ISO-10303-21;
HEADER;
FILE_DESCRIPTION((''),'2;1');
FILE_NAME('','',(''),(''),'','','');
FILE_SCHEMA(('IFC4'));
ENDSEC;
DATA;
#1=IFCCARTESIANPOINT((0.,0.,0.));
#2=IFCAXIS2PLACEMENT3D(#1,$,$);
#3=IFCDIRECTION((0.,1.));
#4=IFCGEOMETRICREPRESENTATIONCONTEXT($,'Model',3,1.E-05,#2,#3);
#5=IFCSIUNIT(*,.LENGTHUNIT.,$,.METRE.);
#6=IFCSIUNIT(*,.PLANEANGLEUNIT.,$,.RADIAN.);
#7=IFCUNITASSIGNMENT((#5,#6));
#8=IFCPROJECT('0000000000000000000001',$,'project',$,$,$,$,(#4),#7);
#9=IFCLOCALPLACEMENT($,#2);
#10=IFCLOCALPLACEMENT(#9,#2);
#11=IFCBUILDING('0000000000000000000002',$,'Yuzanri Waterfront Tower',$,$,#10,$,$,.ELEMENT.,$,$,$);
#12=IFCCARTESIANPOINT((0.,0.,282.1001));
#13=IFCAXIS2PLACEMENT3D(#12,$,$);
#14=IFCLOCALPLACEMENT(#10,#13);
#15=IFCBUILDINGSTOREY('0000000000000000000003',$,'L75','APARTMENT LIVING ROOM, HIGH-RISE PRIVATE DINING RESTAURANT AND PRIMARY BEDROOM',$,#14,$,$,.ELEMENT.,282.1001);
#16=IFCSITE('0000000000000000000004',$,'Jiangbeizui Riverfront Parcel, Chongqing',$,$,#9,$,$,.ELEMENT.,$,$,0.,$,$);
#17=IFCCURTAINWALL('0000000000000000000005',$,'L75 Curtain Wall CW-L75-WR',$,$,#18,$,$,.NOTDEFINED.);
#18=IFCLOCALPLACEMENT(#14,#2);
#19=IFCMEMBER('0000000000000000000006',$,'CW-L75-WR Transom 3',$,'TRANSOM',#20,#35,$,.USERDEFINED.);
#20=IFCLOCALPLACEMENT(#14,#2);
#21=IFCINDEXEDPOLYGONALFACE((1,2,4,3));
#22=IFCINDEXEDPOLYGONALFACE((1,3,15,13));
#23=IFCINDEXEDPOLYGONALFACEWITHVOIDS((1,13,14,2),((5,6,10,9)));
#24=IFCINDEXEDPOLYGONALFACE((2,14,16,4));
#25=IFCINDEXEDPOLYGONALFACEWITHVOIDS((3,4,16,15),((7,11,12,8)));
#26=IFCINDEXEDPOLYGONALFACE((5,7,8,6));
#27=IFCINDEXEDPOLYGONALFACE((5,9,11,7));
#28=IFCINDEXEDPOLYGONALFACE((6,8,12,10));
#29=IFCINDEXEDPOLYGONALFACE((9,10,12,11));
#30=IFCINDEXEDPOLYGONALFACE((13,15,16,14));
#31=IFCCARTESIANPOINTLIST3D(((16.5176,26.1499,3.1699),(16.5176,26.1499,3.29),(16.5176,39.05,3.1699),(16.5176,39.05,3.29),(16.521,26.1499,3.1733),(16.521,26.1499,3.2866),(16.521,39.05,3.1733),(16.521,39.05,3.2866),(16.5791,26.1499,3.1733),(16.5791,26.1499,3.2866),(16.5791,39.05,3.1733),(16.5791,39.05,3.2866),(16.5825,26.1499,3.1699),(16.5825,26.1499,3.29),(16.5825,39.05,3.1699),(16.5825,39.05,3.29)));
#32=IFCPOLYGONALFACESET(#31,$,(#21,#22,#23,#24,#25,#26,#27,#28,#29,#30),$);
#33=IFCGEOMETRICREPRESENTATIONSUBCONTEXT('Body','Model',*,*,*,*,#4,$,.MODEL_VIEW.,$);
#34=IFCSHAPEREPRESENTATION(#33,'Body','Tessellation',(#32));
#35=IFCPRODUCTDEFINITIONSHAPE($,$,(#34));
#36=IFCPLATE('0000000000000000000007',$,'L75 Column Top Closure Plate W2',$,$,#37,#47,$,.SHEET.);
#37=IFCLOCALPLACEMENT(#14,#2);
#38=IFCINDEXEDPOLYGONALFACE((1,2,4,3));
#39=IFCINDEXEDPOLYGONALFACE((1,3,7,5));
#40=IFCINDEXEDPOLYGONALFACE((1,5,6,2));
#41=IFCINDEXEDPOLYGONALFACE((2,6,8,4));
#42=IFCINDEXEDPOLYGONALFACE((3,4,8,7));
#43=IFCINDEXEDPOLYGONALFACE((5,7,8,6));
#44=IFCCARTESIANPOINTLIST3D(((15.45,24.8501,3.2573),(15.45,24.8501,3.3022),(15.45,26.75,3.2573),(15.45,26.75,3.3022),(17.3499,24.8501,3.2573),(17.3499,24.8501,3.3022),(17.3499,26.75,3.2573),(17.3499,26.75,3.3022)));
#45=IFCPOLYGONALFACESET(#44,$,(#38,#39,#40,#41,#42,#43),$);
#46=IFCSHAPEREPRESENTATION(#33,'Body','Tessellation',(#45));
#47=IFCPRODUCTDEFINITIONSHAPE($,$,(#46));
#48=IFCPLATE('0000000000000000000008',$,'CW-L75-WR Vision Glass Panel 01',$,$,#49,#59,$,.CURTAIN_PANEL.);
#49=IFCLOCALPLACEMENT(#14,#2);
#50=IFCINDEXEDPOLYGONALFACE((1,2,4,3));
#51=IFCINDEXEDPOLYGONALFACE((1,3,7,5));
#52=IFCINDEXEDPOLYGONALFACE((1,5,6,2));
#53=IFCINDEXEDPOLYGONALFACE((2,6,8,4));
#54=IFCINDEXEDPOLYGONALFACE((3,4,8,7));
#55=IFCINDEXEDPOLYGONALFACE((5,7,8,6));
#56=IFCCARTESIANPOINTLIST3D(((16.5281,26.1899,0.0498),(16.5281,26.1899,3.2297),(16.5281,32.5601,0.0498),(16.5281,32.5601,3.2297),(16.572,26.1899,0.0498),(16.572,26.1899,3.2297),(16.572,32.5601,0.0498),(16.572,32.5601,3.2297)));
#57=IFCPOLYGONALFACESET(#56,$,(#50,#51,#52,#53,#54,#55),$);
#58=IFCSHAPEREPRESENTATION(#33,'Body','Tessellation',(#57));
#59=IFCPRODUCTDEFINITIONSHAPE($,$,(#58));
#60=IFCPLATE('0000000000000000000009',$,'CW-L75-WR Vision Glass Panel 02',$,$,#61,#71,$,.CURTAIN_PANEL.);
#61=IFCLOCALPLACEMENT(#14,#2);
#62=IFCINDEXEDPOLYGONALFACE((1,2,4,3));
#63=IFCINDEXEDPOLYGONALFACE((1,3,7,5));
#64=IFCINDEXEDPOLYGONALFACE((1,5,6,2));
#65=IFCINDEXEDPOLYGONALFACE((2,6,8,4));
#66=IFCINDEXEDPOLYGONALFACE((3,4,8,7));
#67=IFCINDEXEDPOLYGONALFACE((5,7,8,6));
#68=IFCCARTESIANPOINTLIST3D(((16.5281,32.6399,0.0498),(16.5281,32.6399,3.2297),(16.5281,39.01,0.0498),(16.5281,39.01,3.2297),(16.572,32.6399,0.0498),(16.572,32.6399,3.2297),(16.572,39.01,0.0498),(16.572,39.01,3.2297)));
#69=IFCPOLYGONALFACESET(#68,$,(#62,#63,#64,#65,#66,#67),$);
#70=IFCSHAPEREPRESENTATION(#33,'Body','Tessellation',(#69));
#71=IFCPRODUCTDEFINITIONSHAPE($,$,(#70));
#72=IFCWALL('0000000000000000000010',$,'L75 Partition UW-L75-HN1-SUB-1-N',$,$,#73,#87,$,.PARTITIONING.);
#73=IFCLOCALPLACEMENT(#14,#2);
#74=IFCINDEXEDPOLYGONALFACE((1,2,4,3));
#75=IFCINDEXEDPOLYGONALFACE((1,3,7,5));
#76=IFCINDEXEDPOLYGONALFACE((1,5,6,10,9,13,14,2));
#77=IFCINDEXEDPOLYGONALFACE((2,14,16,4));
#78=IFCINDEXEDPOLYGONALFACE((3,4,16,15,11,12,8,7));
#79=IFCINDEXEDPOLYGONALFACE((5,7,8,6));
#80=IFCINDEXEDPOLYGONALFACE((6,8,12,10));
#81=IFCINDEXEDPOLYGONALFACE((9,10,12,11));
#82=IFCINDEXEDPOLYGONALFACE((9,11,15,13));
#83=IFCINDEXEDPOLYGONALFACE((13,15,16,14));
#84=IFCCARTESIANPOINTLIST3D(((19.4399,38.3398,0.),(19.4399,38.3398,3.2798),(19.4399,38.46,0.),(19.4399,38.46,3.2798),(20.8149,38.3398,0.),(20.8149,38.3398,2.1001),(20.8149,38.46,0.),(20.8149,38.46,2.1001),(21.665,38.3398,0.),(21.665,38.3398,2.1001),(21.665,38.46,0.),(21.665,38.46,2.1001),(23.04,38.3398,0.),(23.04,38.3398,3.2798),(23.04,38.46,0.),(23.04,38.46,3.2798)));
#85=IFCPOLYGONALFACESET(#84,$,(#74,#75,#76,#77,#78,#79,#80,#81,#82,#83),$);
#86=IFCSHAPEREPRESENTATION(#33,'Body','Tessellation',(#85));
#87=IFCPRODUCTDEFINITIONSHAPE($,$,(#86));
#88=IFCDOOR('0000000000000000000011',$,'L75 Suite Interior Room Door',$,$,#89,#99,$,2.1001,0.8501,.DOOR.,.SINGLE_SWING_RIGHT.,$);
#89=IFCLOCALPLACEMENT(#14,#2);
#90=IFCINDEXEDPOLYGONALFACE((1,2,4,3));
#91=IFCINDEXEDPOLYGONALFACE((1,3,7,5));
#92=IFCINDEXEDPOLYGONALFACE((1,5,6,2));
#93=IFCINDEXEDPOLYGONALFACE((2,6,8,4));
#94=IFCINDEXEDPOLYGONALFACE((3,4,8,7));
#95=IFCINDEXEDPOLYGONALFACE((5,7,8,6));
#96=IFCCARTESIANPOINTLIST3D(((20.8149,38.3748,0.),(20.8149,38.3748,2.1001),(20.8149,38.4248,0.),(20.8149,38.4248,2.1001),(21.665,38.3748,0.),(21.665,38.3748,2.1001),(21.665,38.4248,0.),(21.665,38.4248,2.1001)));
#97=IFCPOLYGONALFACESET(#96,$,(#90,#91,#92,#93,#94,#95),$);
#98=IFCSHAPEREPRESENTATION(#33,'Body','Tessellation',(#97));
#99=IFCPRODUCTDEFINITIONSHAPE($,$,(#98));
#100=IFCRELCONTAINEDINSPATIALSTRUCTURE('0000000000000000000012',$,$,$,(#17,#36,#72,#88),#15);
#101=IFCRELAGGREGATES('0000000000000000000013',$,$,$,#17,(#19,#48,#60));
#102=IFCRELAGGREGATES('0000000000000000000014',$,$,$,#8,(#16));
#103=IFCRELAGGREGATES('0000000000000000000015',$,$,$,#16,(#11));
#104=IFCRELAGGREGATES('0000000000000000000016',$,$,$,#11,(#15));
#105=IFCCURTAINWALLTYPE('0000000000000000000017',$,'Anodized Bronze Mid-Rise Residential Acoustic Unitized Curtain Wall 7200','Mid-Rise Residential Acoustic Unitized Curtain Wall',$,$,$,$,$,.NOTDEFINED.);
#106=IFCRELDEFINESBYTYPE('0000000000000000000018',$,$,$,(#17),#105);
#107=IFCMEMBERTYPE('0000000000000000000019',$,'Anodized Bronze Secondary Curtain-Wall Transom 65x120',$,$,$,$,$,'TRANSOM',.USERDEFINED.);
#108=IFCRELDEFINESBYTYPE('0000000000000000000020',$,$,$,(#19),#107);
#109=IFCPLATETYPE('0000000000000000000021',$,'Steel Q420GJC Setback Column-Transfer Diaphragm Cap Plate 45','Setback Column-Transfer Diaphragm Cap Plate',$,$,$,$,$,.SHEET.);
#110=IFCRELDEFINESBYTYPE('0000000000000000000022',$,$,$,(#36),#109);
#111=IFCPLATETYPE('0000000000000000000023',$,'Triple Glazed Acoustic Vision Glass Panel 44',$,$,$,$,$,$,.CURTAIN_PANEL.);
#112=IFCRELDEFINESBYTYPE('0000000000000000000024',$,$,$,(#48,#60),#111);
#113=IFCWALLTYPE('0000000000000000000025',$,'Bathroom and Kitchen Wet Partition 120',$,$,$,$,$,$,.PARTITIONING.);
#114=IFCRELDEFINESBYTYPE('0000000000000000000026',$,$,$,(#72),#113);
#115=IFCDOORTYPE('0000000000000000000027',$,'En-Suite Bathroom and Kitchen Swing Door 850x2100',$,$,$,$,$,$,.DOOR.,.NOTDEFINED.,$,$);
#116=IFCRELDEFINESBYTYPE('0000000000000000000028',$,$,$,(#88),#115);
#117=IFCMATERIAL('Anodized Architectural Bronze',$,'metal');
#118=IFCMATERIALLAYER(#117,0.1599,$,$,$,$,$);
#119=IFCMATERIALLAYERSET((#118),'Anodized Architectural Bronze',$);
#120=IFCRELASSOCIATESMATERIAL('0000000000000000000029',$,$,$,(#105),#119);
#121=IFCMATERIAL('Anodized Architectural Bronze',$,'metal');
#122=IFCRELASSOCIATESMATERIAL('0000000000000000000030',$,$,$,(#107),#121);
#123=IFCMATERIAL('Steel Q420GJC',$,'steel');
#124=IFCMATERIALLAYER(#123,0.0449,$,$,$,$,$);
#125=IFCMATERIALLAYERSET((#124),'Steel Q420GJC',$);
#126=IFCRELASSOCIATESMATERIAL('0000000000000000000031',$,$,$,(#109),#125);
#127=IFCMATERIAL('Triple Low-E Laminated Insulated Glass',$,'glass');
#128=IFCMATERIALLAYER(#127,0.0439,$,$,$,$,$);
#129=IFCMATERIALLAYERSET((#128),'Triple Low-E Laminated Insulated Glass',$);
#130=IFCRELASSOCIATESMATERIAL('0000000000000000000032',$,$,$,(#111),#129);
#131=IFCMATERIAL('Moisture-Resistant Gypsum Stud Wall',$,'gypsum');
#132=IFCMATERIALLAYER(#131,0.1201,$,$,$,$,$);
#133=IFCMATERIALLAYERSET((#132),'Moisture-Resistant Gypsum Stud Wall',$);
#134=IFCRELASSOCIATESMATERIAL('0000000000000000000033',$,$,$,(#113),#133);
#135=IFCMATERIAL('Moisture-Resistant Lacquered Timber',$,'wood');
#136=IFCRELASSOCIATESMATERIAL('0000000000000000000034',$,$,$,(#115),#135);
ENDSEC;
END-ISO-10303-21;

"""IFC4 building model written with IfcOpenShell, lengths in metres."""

from ifc_helpers import new_model, si_unit, direction, frame, frame_2d, origin, origin_2d, place, context, subcontext, project, spatial, rectangle, hollow_rectangle, extrude, source, transform, mapped, material, layer, layer_set, material_profile, profile_set, type_object, element, fill, aggregate, save


model = new_model("IFC4")

# Units and contexts
model_context = context("Model", 3, precision=1e-05, world=origin(), true_north=direction((0.0, 1.0)))
body_context = subcontext(model_context, "Body", "Model", "MODEL_VIEW")
ifc_project = project(units=[si_unit("LENGTHUNIT", "METRE"), si_unit("PLANEANGLEUNIT", "RADIAN")], contexts=[model_context])

# Site, building, storey
site_placement = place(None, origin())
site = spatial("IfcSite", under=ifc_project, at=site_placement, Name="Jiangbeizui Riverfront Parcel, Chongqing", CompositionType="ELEMENT", RefElevation=0.0)
building_placement = place(site_placement, origin())
building = spatial("IfcBuilding", under=site, at=building_placement, Name="Yuzanri Waterfront Tower", CompositionType="ELEMENT")
storey_placement = place(building_placement, frame((0.0, 0.0, 282.1001)))
storey = spatial("IfcBuildingStorey", under=building, at=storey_placement, Name="L75", Description="APARTMENT LIVING ROOM, HIGH-RISE PRIVATE DINING RESTAURANT AND PRIMARY BEDROOM", CompositionType="ELEMENT", Elevation=282.1001)

# Curtain wall, member
ifc_material_1 = material(Name="Anodized Architectural Bronze", Category="metal")
ifc_layer_1 = layer(ifc_material_1, 0.1599)
ifc_layer_set_1 = layer_set([ifc_layer_1], Name="Anodized Architectural Bronze")
curtain_wall_type = type_object("IfcCurtainWallType", Name="Anodized Bronze Mid-Rise Residential Acoustic Unitized Curtain Wall 7200", Description="Mid-Rise Residential Acoustic Unitized Curtain Wall", PredefinedType="NOTDEFINED", material=ifc_layer_set_1)
curtain_wall_placement = place(storey_placement, origin())
curtain_wall = element("IfcCurtainWall", 1, at=curtain_wall_placement, inside=storey, type_object=curtain_wall_type, Name="L75 Curtain Wall CW-L75-WR", PredefinedType="NOTDEFINED")
ifc_material_2 = material(Name="Anodized Architectural Bronze", Category="metal")
ifc_material_profile_1 = material_profile(ifc_material_2, hollow_rectangle(XDim=0.0649, YDim=0.1201, WallThickness=0.0034, at=origin_2d()), Name="CWT 65x120")
ifc_profile_set_1 = profile_set([ifc_material_profile_1], Name="Anodized Architectural Bronze")
member_type_1 = type_object("IfcMemberType", Name="Anodized Bronze Secondary Curtain-Wall Transom 65x120", ElementType="TRANSOM", PredefinedType="USERDEFINED", material=ifc_profile_set_1)
shared_shape_1 = source(origin(), body_context, "Body", "SweptSolid", [
    extrude(hollow_rectangle(XDim=0.0649, YDim=0.1201, WallThickness=0.0034, at=origin_2d()), origin(), (0.0, 0.0, 1.0), 12.9001),
])
member_1_placement = place(storey_placement, frame((16.55, 26.1499, 3.23), z_axis=(0.0, 1.0, 0.0), x_axis=(-1.0, 0.0, 0.0)))
member_1 = element("IfcMember", 2, at=member_1_placement, type_object=member_type_1, Name="CW-L75-WR Transom 3", ObjectType="TRANSOM", PredefinedType="USERDEFINED", context=body_context, shape_type="MappedRepresentation", body=[
    mapped(shared_shape_1, transform((0.0, 0.0, 0.0), scale=1.0)),
])

# Plates
ifc_material_3 = material(Name="Steel Q420GJC", Category="steel")
ifc_layer_2 = layer(ifc_material_3, 0.0449)
ifc_layer_set_2 = layer_set([ifc_layer_2], Name="Steel Q420GJC")
plate_type_1 = type_object("IfcPlateType", Name="Steel Q420GJC Setback Column-Transfer Diaphragm Cap Plate 45", Description="Setback Column-Transfer Diaphragm Cap Plate", PredefinedType="SHEET", material=ifc_layer_set_2)
shared_shape_2 = source(origin(), body_context, "Body", "SweptSolid", [
    extrude(rectangle(XDim=1.8999, YDim=1.8999, at=origin_2d()), origin(), (0.0, 0.0, 1.0), 0.0449),
])
plate_1_placement = place(storey_placement, frame((16.3999, 25.8, 3.2573), z_axis=(0.0, 0.0, 1.0), x_axis=(1.0, 0.0, 0.0)))
element("IfcPlate", 3, at=plate_1_placement, inside=storey, type_object=plate_type_1, Name="L75 Column Top Closure Plate W2", PredefinedType="SHEET", context=body_context, shape_type="MappedRepresentation", body=[
    mapped(shared_shape_2, transform((0.0, 0.0, 0.0), scale=1.0)),
])
ifc_material_4 = material(Name="Triple Low-E Laminated Insulated Glass", Category="glass")
ifc_layer_3 = layer(ifc_material_4, 0.0439)
ifc_layer_set_3 = layer_set([ifc_layer_3], Name="Triple Low-E Laminated Insulated Glass")
plate_type_2 = type_object("IfcPlateType", Name="Triple Glazed Acoustic Vision Glass Panel 44", PredefinedType="CURTAIN_PANEL", material=ifc_layer_set_3)
shared_shape_3 = source(origin(), body_context, "Body", "SweptSolid", [
    extrude(rectangle(XDim=6.3701, YDim=0.0439, at=origin_2d()), origin(), (0.0, 0.0, 1.0), 3.1799),
])
plate_2_placement = place(storey_placement, frame((16.55, 29.375, 0.0498), z_axis=(0.0, 0.0, 1.0), x_axis=(0.0, 1.0, 0.0)))
plate_2 = element("IfcPlate", 4, at=plate_2_placement, type_object=plate_type_2, Name="CW-L75-WR Vision Glass Panel 01", PredefinedType="CURTAIN_PANEL", context=body_context, shape_type="MappedRepresentation", body=[
    mapped(shared_shape_3, transform((0.0, 0.0, 0.0), scale=1.0)),
])
plate_3_placement = place(storey_placement, frame((16.55, 35.825, 0.0498), z_axis=(0.0, 0.0, 1.0), x_axis=(0.0, 1.0, 0.0)))
plate_3 = element("IfcPlate", 5, at=plate_3_placement, type_object=plate_type_2, Name="CW-L75-WR Vision Glass Panel 02", PredefinedType="CURTAIN_PANEL", context=body_context, shape_type="MappedRepresentation", body=[
    mapped(shared_shape_3, transform((0.0, 0.0, 0.0), scale=1.0)),
])
aggregate(curtain_wall, [member_1, plate_2, plate_3])

# Wall, opening, door
ifc_material_5 = material(Name="Moisture-Resistant Gypsum Stud Wall", Category="gypsum")
ifc_layer_4 = layer(ifc_material_5, 0.1201)
ifc_layer_set_4 = layer_set([ifc_layer_4], Name="Moisture-Resistant Gypsum Stud Wall")
wall_type_1 = type_object("IfcWallType", Name="Bathroom and Kitchen Wet Partition 120", PredefinedType="PARTITIONING", material=ifc_layer_set_4)
wall_1_placement = place(storey_placement, frame((19.4399, 38.3999, 0.0), z_axis=(0.0, 0.0, 1.0), x_axis=(1.0, 0.0, 0.0)))
wall_1 = element("IfcWall", 6, at=wall_1_placement, inside=storey, type_object=wall_type_1, Name="L75 Partition UW-L75-HN1-SUB-1-N", PredefinedType="PARTITIONING", context=body_context, shape_type="SweptSolid", body=[
    extrude(rectangle(XDim=3.6001, YDim=0.1201, at=frame_2d((1.8, 0.0))), origin(), (0.0, 0.0, 1.0), 3.2798),
])
opening_1_placement = place(wall_1_placement, frame((1.375, 0.0, 0.0)))
opening_1 = element("IfcOpeningElement", 7, at=opening_1_placement, cuts=wall_1, PredefinedType="OPENING", context=body_context, shape_type="SweptSolid", body=[
    extrude(rectangle(XDim=0.8501, YDim=2.1001, at=frame_2d((0.425, 1.05))), frame((0.0, 0.075, 0.0), z_axis=(0.0, -1.0, 0.0), x_axis=(1.0, 0.0, 0.0)), (0.0, 0.0, 1.0), 0.1499),
])
ifc_material_6 = material(Name="Moisture-Resistant Lacquered Timber", Category="wood")
door_type_1 = type_object("IfcDoorType", Name="En-Suite Bathroom and Kitchen Swing Door 850x2100", OperationType="NOTDEFINED", PredefinedType="DOOR", material=ifc_material_6)
shared_shape_4 = source(origin(), body_context, "Body", "SweptSolid", [
    extrude(rectangle(XDim=0.8501, YDim=2.1001, at=frame_2d((0.425, 1.05))), frame((0.0, 0.0249, 0.0), z_axis=(0.0, -1.0, 0.0), x_axis=(1.0, 0.0, 0.0)), (0.0, 0.0, 1.0), 0.05),
])
door_1_placement = place(opening_1_placement, origin())
door_1 = element("IfcDoor", 8, at=door_1_placement, inside=storey, type_object=door_type_1, Name="L75 Suite Interior Room Door", OperationType="SINGLE_SWING_RIGHT", OverallHeight=2.1001, OverallWidth=0.8501, PredefinedType="DOOR", context=body_context, shape_type="MappedRepresentation", body=[
    mapped(shared_shape_4, transform((0.0, 0.0, 0.0), scale=1.0)),
])
fill(opening_1, door_1)

save(model, "model.ifc")
